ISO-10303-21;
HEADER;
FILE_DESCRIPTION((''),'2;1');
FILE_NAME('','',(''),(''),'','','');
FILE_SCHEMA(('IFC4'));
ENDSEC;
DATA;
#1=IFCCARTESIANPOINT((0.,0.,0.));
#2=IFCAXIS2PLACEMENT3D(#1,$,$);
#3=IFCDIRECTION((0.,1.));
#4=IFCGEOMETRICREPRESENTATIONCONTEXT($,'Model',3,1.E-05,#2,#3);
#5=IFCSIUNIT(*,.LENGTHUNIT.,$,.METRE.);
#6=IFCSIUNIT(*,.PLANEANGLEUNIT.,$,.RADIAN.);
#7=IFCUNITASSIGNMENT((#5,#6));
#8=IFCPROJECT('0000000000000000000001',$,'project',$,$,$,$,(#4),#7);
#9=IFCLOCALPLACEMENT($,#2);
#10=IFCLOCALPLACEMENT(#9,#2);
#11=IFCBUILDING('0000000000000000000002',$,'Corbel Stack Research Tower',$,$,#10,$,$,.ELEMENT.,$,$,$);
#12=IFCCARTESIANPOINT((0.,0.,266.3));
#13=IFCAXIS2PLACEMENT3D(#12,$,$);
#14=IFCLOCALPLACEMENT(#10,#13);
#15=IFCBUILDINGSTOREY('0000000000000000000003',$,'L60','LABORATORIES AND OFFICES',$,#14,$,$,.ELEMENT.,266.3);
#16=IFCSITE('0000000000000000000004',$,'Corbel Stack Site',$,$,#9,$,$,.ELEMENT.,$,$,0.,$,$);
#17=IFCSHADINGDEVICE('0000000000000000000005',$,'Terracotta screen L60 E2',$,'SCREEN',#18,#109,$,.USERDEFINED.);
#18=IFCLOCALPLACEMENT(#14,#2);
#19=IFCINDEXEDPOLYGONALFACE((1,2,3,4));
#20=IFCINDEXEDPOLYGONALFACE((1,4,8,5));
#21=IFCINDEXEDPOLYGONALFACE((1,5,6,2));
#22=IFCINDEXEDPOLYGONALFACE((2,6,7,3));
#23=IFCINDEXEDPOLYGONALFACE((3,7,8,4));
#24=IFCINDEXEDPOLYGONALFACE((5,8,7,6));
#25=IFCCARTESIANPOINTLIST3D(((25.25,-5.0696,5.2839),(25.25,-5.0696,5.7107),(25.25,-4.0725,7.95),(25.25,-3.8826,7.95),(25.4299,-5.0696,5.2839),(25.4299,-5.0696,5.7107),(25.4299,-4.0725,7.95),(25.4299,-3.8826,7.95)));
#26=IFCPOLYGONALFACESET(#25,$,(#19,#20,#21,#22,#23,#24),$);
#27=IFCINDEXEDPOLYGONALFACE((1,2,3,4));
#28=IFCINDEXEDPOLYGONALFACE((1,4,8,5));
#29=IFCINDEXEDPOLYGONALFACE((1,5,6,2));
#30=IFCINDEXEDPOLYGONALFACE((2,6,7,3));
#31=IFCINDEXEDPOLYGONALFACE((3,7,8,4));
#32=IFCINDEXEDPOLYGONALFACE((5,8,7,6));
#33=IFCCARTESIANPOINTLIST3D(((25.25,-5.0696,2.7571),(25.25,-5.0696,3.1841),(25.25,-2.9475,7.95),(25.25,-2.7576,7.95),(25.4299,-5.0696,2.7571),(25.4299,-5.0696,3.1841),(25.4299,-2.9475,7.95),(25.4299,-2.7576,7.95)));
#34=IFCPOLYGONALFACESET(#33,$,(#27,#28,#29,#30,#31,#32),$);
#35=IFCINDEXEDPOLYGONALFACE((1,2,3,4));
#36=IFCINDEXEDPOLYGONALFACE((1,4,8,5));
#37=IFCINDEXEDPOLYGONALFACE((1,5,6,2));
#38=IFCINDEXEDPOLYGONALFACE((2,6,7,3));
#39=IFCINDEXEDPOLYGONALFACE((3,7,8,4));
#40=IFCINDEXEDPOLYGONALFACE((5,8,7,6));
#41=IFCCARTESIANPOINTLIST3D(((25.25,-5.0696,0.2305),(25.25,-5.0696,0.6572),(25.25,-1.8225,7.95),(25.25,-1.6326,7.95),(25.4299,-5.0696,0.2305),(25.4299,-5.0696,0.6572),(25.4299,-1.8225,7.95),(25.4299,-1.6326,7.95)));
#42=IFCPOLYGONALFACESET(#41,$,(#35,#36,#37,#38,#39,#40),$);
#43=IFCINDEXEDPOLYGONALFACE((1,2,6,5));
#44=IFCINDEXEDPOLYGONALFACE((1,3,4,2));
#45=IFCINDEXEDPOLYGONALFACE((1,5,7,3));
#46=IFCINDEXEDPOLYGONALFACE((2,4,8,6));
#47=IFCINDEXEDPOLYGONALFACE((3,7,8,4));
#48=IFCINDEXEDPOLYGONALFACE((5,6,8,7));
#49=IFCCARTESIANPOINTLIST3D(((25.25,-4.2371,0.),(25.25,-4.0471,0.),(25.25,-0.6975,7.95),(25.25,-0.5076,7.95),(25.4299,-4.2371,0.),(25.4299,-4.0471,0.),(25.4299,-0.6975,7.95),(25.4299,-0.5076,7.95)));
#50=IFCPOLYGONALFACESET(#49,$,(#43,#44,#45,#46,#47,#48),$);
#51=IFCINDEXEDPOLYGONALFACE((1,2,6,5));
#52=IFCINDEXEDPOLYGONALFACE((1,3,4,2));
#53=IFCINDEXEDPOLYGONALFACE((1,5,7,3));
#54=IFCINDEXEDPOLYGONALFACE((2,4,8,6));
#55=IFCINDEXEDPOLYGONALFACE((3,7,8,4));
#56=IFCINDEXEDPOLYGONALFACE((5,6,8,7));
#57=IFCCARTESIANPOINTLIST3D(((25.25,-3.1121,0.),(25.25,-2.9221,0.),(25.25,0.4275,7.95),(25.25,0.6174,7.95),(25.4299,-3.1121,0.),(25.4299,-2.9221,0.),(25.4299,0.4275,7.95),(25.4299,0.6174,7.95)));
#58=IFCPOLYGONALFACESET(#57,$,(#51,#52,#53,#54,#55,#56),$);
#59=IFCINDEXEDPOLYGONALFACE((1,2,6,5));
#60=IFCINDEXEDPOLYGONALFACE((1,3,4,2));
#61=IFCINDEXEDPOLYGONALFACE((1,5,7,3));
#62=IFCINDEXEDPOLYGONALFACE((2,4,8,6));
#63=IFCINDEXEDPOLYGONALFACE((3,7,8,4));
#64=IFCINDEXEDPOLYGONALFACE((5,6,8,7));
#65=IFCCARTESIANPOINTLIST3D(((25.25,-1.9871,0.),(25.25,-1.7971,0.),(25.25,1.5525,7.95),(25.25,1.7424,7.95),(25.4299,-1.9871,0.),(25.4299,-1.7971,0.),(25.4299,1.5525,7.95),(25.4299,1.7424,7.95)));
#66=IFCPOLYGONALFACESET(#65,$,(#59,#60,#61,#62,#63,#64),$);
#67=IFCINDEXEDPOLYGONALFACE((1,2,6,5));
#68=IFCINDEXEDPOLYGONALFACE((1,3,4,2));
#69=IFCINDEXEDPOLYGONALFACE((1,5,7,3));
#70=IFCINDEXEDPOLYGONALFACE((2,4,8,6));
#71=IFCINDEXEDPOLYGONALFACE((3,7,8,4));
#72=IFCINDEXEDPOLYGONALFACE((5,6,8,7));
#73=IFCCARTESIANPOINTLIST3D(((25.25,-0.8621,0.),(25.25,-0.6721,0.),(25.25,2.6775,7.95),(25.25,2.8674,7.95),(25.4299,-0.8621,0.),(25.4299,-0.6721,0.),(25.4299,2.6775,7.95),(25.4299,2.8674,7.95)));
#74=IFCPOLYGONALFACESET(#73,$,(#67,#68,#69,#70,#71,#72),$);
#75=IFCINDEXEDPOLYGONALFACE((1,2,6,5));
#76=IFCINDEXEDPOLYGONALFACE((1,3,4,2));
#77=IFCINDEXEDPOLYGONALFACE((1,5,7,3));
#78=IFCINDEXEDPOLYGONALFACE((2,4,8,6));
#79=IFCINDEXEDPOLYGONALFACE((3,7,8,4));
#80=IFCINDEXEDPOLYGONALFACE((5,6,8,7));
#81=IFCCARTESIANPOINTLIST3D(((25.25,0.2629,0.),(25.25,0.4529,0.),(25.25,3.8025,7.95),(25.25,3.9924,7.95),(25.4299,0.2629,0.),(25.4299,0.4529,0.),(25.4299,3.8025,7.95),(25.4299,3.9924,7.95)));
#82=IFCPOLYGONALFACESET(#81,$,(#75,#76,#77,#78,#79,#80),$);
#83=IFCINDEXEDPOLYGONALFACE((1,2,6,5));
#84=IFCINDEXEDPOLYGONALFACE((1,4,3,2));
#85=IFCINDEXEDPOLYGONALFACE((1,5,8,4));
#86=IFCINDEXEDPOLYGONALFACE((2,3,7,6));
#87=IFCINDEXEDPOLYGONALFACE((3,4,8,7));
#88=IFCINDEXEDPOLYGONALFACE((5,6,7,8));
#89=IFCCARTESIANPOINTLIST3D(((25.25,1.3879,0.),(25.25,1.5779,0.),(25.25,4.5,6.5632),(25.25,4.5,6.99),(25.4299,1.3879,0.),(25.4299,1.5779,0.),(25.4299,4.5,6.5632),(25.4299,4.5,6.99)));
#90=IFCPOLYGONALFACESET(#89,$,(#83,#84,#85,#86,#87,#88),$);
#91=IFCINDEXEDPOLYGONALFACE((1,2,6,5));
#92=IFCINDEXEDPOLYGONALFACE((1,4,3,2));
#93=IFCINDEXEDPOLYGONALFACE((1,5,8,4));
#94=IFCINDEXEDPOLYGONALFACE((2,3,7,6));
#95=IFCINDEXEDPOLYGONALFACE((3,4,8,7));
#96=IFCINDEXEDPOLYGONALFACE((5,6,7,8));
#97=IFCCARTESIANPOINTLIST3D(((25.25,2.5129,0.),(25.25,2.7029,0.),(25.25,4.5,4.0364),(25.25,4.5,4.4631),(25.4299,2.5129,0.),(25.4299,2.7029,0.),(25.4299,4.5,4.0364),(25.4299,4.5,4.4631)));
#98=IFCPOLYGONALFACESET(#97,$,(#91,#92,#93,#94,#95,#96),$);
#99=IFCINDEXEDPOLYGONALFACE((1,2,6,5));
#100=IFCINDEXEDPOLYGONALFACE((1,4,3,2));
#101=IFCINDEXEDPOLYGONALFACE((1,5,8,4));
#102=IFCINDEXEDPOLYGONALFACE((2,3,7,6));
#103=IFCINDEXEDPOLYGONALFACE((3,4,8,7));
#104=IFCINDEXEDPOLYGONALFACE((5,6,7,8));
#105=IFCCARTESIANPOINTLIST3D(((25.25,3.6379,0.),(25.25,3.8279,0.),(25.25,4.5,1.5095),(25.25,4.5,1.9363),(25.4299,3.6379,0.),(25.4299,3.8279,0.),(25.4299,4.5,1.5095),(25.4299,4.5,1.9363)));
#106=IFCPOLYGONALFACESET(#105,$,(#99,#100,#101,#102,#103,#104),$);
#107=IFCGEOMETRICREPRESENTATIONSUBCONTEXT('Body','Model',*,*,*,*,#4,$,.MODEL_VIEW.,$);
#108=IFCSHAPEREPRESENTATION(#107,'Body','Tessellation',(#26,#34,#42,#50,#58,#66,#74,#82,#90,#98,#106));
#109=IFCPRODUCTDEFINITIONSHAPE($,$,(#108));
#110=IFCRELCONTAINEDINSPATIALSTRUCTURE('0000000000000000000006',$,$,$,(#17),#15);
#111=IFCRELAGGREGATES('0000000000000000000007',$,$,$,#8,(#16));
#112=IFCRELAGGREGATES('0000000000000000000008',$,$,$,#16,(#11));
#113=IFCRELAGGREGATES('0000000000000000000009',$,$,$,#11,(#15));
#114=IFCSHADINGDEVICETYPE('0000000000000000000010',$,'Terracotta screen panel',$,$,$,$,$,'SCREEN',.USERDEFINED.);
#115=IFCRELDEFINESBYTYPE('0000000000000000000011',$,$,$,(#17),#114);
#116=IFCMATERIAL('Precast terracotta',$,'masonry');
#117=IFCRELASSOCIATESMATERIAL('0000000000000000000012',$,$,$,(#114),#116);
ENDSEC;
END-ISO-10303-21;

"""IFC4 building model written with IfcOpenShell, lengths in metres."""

from ifc_helpers import new_model, si_unit, direction, frame, origin, place, context, subcontext, project, spatial, polyline, outline, extrude, source, transform, mapped, material, type_object, element, save


model = new_model("IFC4")

# Units and contexts
model_context = context("Model", 3, precision=1e-05, world=origin(), true_north=direction((0.0, 1.0)))
body_context = subcontext(model_context, "Body", "Model", "MODEL_VIEW")
ifc_project = project(units=[si_unit("LENGTHUNIT", "METRE"), si_unit("PLANEANGLEUNIT", "RADIAN")], contexts=[model_context])

# Site, building, storey
site_placement = place(None, origin())
site = spatial("IfcSite", under=ifc_project, at=site_placement, Name="Corbel Stack Site", CompositionType="ELEMENT", RefElevation=0.0)
building_placement = place(site_placement, origin())
building = spatial("IfcBuilding", under=site, at=building_placement, Name="Corbel Stack Research Tower", CompositionType="ELEMENT")
storey_placement = place(building_placement, frame((0.0, 0.0, 266.3)))
storey = spatial("IfcBuildingStorey", under=building, at=storey_placement, Name="L60", Description="LABORATORIES AND OFFICES", CompositionType="ELEMENT", Elevation=266.3)

# Shading device
ifc_material_1 = material(Name="Precast terracotta", Category="masonry")
shading_device_type = type_object("IfcShadingDeviceType", Name="Terracotta screen panel", ElementType="SCREEN", PredefinedType="USERDEFINED", material=ifc_material_1)
shared_shape = source(origin(), body_context, "Body", "SweptSolid", [
    extrude(outline(polyline([(1.187, 7.95), (0.9971, 7.95), (0.0, 5.7107), (0.0, 5.2839), (1.187, 7.95)])), frame((0.0, 0.0, 0.0), z_axis=(0.0, -1.0, 0.0), x_axis=(1.0, 0.0, 0.0)), (0.0, 0.0, 1.0), 0.1799),
    extrude(outline(polyline([(2.312, 7.95), (2.1221, 7.95), (0.0, 3.1841), (0.0, 2.7571), (2.312, 7.95)])), frame((0.0, 0.0, 0.0), z_axis=(0.0, -1.0, 0.0), x_axis=(1.0, 0.0, 0.0)), (0.0, 0.0, 1.0), 0.1799),
    extrude(outline(polyline([(3.437, 7.95), (3.2471, 7.95), (0.0, 0.6572), (0.0, 0.2305), (3.437, 7.95)])), frame((0.0, 0.0, 0.0), z_axis=(0.0, -1.0, 0.0), x_axis=(1.0, 0.0, 0.0)), (0.0, 0.0, 1.0), 0.1799),
    extrude(outline(polyline([(1.0225, 0.0), (4.562, 7.95), (4.3721, 7.95), (0.8325, 0.0), (1.0225, 0.0)])), frame((0.0, 0.0, 0.0), z_axis=(0.0, -1.0, 0.0), x_axis=(1.0, 0.0, 0.0)), (0.0, 0.0, 1.0), 0.1799),
    extrude(outline(polyline([(2.1475, 0.0), (5.687, 7.95), (5.4971, 7.95), (1.9575, 0.0), (2.1475, 0.0)])), frame((0.0, 0.0, 0.0), z_axis=(0.0, -1.0, 0.0), x_axis=(1.0, 0.0, 0.0)), (0.0, 0.0, 1.0), 0.1799),
    extrude(outline(polyline([(3.2725, 0.0), (6.812, 7.95), (6.6221, 7.95), (3.0825, 0.0), (3.2725, 0.0)])), frame((0.0, 0.0, 0.0), z_axis=(0.0, -1.0, 0.0), x_axis=(1.0, 0.0, 0.0)), (0.0, 0.0, 1.0), 0.1799),
    extrude(outline(polyline([(4.3975, 0.0), (7.937, 7.95), (7.7471, 7.95), (4.2075, 0.0), (4.3975, 0.0)])), frame((0.0, 0.0, 0.0), z_axis=(0.0, -1.0, 0.0), x_axis=(1.0, 0.0, 0.0)), (0.0, 0.0, 1.0), 0.1799),
    extrude(outline(polyline([(5.5225, 0.0), (9.062, 7.95), (8.8721, 7.95), (5.3325, 0.0), (5.5225, 0.0)])), frame((0.0, 0.0, 0.0), z_axis=(0.0, -1.0, 0.0), x_axis=(1.0, 0.0, 0.0)), (0.0, 0.0, 1.0), 0.1799),
    extrude(outline(polyline([(6.6475, 0.0), (9.5696, 6.5632), (9.5696, 6.99), (6.4575, 0.0), (6.6475, 0.0)])), frame((0.0, 0.0, 0.0), z_axis=(0.0, -1.0, 0.0), x_axis=(1.0, 0.0, 0.0)), (0.0, 0.0, 1.0), 0.1799),
    extrude(outline(polyline([(7.7725, 0.0), (9.5696, 4.0364), (9.5696, 4.4631), (7.5825, 0.0), (7.7725, 0.0)])), frame((0.0, 0.0, 0.0), z_axis=(0.0, -1.0, 0.0), x_axis=(1.0, 0.0, 0.0)), (0.0, 0.0, 1.0), 0.1799),
    extrude(outline(polyline([(8.8975, 0.0), (9.5696, 1.5095), (9.5696, 1.9363), (8.7075, 0.0), (8.8975, 0.0)])), frame((0.0, 0.0, 0.0), z_axis=(0.0, -1.0, 0.0), x_axis=(1.0, 0.0, 0.0)), (0.0, 0.0, 1.0), 0.1799),
])
shading_device_placement = place(storey_placement, frame((25.25, -5.0696, 0.0), z_axis=(0.0, 0.0, 1.0), x_axis=(0.0, 1.0, 0.0)))
element("IfcShadingDevice", 1, at=shading_device_placement, inside=storey, type_object=shading_device_type, Name="Terracotta screen L60 E2", ObjectType="SCREEN", PredefinedType="USERDEFINED", context=body_context, shape_type="MappedRepresentation", body=[
    mapped(shared_shape, transform((0.0, 0.0, 0.0))),
])

save(model, "model.ifc")
